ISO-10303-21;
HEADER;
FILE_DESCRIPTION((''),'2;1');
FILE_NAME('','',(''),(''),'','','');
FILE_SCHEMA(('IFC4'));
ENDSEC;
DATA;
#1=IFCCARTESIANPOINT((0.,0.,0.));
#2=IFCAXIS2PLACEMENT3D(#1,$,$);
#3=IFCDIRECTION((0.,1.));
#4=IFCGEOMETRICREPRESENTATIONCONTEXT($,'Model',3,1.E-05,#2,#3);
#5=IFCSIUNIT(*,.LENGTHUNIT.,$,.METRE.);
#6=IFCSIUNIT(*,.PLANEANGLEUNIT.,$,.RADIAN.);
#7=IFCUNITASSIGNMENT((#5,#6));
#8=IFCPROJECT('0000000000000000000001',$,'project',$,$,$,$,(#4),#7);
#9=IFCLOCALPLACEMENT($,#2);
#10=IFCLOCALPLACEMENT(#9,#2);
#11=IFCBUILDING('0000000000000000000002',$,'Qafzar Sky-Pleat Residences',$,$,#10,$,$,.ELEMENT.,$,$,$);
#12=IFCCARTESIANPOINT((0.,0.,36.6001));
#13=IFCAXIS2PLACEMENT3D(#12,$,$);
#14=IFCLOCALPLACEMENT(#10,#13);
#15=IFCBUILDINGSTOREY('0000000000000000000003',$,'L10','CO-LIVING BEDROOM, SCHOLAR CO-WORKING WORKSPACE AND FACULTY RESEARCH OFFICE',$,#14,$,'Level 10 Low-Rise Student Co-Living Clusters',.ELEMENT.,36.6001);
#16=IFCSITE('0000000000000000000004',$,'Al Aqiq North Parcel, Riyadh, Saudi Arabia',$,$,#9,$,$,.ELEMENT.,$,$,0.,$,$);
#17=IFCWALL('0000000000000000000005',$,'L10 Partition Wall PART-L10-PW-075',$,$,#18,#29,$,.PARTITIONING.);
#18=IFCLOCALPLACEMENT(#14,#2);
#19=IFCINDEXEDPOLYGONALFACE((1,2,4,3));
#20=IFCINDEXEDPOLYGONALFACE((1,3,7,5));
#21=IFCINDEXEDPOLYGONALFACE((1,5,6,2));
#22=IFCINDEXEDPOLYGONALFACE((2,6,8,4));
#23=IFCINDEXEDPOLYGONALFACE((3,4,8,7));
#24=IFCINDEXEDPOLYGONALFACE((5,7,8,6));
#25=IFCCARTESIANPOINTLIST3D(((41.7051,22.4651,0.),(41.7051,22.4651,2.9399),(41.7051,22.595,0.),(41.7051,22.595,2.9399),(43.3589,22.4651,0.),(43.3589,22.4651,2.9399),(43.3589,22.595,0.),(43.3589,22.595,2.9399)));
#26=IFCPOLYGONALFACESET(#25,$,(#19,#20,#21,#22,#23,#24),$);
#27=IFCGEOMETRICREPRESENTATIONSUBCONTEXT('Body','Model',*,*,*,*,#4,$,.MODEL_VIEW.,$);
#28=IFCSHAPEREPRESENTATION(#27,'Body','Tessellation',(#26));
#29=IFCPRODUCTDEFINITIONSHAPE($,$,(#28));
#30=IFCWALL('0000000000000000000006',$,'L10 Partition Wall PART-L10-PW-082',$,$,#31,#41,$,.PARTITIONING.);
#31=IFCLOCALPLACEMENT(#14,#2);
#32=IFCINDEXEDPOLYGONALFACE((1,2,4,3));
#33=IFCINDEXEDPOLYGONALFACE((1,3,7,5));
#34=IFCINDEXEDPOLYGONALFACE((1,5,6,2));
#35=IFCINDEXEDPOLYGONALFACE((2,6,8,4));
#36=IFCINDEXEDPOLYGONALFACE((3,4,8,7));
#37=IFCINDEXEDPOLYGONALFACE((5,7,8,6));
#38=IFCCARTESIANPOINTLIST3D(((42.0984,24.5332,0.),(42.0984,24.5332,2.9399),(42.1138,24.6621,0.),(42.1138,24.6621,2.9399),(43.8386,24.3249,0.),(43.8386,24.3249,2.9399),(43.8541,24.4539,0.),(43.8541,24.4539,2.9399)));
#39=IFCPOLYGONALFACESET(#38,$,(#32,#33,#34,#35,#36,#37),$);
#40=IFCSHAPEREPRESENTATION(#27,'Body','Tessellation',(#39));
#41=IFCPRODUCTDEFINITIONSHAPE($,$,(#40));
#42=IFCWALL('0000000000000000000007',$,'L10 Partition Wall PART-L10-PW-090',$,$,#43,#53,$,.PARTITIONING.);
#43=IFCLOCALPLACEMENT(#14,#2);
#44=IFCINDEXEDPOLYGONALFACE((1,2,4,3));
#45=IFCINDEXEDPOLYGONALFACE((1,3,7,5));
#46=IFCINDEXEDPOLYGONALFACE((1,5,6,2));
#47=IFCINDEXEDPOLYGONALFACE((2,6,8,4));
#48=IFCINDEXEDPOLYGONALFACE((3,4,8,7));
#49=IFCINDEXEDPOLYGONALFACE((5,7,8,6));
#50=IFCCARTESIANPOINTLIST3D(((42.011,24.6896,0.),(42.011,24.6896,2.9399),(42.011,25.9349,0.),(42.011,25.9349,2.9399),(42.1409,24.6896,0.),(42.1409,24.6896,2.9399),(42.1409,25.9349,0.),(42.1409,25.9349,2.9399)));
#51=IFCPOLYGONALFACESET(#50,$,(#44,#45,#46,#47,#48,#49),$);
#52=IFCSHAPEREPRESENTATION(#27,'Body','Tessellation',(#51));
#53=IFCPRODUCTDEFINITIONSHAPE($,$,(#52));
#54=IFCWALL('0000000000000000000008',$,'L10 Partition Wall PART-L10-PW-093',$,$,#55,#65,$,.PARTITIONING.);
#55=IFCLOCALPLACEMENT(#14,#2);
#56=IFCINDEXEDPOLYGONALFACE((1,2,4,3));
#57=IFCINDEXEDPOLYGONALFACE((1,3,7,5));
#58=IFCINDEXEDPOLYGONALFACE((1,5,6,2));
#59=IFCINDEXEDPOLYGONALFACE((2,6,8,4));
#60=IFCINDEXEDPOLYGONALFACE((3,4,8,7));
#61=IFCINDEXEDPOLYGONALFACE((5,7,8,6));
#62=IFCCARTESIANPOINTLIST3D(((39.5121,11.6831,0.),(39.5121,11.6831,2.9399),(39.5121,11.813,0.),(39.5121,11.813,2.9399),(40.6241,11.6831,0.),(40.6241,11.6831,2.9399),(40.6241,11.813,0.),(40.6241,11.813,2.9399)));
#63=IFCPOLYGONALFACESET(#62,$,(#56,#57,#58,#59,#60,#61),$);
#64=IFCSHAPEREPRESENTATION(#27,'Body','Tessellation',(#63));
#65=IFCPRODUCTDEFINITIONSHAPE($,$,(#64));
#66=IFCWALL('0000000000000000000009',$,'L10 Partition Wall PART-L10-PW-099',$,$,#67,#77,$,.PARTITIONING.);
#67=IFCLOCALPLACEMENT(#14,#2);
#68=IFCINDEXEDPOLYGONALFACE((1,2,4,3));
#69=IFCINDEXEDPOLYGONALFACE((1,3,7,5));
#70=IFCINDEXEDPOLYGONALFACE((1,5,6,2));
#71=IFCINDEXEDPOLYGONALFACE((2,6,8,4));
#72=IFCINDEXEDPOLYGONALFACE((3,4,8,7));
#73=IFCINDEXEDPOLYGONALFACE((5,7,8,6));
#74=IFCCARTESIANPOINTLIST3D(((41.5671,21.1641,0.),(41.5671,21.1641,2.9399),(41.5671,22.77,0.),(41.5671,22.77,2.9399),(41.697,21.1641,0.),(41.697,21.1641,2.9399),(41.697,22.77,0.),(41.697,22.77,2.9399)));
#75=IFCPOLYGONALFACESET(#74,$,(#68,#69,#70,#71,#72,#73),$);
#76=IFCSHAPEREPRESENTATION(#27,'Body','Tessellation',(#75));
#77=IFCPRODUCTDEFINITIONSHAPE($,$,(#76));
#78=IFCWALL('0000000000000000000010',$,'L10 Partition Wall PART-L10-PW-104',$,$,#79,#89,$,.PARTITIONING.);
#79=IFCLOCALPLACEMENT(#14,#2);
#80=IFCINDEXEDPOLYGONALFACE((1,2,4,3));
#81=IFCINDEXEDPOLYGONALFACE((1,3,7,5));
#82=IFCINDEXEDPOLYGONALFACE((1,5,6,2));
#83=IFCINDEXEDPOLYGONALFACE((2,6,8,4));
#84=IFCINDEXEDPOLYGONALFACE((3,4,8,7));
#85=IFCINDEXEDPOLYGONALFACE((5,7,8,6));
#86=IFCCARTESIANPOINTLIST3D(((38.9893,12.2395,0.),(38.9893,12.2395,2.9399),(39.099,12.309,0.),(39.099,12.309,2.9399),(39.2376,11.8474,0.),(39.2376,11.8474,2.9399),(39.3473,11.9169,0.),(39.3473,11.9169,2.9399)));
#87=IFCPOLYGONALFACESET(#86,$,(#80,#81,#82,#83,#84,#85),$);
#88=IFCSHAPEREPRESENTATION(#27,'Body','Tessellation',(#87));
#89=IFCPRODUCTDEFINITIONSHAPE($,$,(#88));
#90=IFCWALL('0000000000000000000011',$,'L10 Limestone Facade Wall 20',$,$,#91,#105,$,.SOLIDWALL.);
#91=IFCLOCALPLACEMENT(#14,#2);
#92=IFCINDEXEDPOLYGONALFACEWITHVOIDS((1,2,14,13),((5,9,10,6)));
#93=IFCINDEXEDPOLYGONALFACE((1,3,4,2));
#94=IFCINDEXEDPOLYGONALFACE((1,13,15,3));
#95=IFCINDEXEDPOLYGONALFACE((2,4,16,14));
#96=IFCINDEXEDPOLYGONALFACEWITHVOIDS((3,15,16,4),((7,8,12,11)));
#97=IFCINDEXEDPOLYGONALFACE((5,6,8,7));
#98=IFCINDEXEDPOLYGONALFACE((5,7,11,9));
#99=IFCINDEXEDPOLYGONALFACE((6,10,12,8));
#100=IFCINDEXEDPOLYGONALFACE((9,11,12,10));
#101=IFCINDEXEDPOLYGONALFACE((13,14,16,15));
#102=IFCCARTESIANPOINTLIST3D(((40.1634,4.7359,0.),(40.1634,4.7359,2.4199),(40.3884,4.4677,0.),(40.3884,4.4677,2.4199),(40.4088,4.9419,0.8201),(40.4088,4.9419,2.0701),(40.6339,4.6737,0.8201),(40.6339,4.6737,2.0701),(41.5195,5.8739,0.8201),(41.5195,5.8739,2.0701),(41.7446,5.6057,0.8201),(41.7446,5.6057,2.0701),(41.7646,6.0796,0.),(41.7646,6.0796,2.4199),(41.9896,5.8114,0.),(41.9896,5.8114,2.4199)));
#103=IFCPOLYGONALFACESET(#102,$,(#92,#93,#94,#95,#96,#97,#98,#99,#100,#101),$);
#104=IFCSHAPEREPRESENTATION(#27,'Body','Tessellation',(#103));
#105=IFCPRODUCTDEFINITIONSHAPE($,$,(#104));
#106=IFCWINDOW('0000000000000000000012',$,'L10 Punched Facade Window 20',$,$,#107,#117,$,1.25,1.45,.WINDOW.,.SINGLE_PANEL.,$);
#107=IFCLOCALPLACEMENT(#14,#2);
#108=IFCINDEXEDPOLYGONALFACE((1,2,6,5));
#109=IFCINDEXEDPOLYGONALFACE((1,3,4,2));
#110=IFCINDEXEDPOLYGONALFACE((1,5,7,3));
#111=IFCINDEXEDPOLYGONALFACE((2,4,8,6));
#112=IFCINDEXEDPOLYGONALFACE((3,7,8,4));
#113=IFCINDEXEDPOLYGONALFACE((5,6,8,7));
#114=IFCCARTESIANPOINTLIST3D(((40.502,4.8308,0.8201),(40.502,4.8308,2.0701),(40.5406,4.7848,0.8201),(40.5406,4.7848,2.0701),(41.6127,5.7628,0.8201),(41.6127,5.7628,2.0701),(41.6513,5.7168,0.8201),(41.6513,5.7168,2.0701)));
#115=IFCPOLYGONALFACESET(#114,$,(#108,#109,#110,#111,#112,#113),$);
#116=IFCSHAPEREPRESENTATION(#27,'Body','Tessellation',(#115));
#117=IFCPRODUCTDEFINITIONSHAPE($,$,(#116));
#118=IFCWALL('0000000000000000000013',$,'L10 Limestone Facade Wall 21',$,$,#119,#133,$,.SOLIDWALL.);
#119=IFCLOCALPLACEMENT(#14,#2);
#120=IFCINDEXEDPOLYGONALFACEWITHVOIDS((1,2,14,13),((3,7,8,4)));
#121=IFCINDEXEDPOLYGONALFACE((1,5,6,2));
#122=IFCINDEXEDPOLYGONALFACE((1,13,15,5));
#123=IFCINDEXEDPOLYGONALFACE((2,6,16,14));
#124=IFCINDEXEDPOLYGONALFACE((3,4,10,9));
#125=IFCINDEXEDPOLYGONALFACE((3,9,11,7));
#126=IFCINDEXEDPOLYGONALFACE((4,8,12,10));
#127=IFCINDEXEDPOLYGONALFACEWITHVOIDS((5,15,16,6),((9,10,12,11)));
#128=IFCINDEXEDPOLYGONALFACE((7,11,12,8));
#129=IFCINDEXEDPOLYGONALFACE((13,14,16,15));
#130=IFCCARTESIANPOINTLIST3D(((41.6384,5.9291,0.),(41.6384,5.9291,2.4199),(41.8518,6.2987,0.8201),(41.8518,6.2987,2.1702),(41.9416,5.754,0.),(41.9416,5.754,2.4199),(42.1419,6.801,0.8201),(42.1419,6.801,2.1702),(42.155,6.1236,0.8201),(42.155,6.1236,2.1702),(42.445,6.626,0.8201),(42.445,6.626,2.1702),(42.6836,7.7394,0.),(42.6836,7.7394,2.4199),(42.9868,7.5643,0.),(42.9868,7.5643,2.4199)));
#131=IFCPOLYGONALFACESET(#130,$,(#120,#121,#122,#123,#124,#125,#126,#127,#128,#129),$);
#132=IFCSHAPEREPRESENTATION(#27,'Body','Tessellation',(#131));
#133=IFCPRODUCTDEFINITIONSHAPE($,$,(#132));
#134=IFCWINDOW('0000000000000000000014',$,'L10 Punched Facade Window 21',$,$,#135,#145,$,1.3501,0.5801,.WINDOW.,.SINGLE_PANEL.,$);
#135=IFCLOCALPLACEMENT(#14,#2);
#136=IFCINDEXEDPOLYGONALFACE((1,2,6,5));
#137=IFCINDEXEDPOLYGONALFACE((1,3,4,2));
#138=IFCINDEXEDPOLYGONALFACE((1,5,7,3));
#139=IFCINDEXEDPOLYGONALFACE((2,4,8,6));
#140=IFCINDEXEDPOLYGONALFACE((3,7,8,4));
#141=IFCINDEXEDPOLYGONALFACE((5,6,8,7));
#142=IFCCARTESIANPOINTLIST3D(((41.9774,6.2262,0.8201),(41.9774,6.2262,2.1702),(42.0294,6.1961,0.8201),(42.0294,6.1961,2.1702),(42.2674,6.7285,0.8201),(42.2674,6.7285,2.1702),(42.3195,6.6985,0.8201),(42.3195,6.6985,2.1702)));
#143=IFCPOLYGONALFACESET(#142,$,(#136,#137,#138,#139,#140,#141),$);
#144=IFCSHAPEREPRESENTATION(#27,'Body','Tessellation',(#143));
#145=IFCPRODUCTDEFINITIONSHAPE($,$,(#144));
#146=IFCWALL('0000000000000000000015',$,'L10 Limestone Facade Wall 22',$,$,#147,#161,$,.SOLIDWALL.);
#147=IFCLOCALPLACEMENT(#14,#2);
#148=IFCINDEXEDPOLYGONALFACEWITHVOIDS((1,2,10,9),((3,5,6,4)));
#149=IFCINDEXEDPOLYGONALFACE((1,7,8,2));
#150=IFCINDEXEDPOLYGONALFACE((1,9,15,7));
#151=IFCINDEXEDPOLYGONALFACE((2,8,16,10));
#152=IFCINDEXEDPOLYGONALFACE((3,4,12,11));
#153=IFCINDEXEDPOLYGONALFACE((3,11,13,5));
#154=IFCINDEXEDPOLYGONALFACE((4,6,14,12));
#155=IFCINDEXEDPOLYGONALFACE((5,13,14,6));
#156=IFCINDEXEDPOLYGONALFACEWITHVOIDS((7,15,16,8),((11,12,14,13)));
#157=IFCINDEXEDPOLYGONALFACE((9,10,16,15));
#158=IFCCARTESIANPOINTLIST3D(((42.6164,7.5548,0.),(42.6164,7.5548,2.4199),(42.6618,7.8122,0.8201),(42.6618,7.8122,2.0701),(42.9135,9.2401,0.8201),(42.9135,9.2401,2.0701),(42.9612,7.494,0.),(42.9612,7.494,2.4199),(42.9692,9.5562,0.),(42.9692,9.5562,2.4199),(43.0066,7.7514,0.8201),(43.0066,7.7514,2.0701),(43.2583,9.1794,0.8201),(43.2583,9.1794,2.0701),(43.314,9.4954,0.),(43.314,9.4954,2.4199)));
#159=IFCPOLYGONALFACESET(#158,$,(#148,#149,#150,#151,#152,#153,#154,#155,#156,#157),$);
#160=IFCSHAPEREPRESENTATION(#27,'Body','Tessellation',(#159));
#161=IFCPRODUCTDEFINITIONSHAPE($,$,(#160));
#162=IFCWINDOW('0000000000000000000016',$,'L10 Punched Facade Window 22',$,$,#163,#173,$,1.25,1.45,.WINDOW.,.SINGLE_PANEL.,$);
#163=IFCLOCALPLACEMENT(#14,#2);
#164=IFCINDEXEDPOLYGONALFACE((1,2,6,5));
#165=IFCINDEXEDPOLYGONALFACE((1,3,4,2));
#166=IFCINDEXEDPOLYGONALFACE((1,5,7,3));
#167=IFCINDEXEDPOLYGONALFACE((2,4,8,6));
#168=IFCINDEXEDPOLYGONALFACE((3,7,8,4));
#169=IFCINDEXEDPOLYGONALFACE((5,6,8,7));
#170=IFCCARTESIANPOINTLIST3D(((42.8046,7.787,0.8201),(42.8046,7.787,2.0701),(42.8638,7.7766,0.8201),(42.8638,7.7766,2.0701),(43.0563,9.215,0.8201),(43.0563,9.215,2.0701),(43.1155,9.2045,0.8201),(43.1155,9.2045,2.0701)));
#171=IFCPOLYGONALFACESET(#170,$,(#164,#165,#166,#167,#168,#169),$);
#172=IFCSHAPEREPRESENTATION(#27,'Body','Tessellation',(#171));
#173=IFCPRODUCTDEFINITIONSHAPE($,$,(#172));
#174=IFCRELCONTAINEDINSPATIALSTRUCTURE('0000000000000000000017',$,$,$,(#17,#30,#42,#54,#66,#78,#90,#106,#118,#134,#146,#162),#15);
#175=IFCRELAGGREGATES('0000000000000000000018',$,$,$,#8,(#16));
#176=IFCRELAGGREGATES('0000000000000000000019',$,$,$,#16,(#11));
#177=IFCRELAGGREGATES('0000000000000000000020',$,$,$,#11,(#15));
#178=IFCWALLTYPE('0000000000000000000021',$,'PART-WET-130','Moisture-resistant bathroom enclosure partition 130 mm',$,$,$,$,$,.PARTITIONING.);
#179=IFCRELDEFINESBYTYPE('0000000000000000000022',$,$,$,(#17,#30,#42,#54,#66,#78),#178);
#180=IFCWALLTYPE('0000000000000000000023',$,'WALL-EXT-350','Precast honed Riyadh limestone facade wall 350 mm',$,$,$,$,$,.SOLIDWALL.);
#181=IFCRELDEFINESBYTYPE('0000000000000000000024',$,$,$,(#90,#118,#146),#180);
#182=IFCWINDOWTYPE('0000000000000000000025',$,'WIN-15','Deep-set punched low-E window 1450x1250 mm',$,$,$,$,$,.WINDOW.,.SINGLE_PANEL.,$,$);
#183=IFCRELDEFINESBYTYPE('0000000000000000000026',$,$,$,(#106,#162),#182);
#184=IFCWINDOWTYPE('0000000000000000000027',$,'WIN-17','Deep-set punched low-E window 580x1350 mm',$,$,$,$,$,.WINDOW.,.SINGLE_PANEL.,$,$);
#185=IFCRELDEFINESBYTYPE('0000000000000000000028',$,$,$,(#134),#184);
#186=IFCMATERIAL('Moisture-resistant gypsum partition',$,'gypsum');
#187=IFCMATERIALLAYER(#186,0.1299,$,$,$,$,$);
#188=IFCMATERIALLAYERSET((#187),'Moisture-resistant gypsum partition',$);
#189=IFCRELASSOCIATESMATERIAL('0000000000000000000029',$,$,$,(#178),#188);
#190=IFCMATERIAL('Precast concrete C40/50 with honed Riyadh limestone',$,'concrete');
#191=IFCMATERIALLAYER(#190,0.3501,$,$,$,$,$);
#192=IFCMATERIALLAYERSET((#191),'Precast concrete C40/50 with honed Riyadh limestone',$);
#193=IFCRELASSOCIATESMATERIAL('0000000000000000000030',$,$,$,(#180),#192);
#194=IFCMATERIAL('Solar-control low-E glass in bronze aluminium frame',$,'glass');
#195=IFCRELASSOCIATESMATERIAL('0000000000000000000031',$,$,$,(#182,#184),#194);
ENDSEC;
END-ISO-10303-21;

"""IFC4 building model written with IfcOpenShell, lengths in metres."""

from ifc_helpers import new_model, si_unit, direction, frame, frame_2d, origin, place, context, subcontext, project, spatial, rectangle, extrude, source, transform, mapped, material, layer, layer_set, type_object, element, fill, save


model = new_model("IFC4")

# Units and contexts
model_context = context("Model", 3, precision=1e-05, world=origin(), true_north=direction((0.0, 1.0)))
body_context = subcontext(model_context, "Body", "Model", "MODEL_VIEW")
ifc_project = project(units=[si_unit("LENGTHUNIT", "METRE"), si_unit("PLANEANGLEUNIT", "RADIAN")], contexts=[model_context])

# Site, building, storey
site_placement = place(None, origin())
site = spatial("IfcSite", under=ifc_project, at=site_placement, Name="Al Aqiq North Parcel, Riyadh, Saudi Arabia", CompositionType="ELEMENT", RefElevation=0.0)
building_placement = place(site_placement, origin())
building = spatial("IfcBuilding", under=site, at=building_placement, Name="Qafzar Sky-Pleat Residences", CompositionType="ELEMENT")
storey_placement = place(building_placement, frame((0.0, 0.0, 36.6001)))
storey = spatial("IfcBuildingStorey", under=building, at=storey_placement, Name="L10", Description="CO-LIVING BEDROOM, SCHOLAR CO-WORKING WORKSPACE AND FACULTY RESEARCH OFFICE", LongName="Level 10 Low-Rise Student Co-Living Clusters", CompositionType="ELEMENT", Elevation=36.6001)

# Shared definitions
ifc_material_1 = material(Name="Moisture-resistant gypsum partition", Category="gypsum")
ifc_layer_1 = layer(ifc_material_1, 0.1299)
ifc_layer_set_1 = layer_set([ifc_layer_1], Name="Moisture-resistant gypsum partition")
wall_type_1 = type_object("IfcWallType", Name="PART-WET-130", Description="Moisture-resistant bathroom enclosure partition 130 mm", PredefinedType="PARTITIONING", material=ifc_layer_set_1)

# Walls
wall_1_placement = place(storey_placement, frame((41.7051, 22.53, 0.0), z_axis=(0.0, 0.0, 1.0), x_axis=(1.0, 0.0, 0.0)))
element("IfcWall", 1, at=wall_1_placement, inside=storey, type_object=wall_type_1, Name="L10 Partition Wall PART-L10-PW-075", PredefinedType="PARTITIONING", context=body_context, shape_type="SweptSolid", body=[
    extrude(rectangle(XDim=1.6538, YDim=0.1299, at=frame_2d((0.8269, 0.0))), origin(), (0.0, 0.0, 1.0), 2.9399),
])
wall_2_placement = place(storey_placement, frame((42.106, 24.5977, 0.0), z_axis=(0.0, 0.0, 1.0), x_axis=(0.992916, -0.118821, 0.0)))
element("IfcWall", 2, at=wall_2_placement, inside=storey, type_object=wall_type_1, Name="L10 Partition Wall PART-L10-PW-082", PredefinedType="PARTITIONING", context=body_context, shape_type="SweptSolid", body=[
    extrude(rectangle(XDim=1.7527, YDim=0.1299, at=frame_2d((0.8765, 0.0))), origin(), (0.0, 0.0, 1.0), 2.9399),
])
wall_3_placement = place(storey_placement, frame((42.0759, 24.6897, 0.0), z_axis=(0.0, 0.0, 1.0), x_axis=(0.0, 1.0, 0.0)))
element("IfcWall", 3, at=wall_3_placement, inside=storey, type_object=wall_type_1, Name="L10 Partition Wall PART-L10-PW-090", PredefinedType="PARTITIONING", context=body_context, shape_type="SweptSolid", body=[
    extrude(rectangle(XDim=1.2454, YDim=0.1299, at=frame_2d((0.6226, 0.0))), origin(), (0.0, 0.0, 1.0), 2.9399),
])
wall_4_placement = place(storey_placement, frame((39.512, 11.748, 0.0), z_axis=(0.0, 0.0, 1.0), x_axis=(1.0, 0.0, 0.0)))
element("IfcWall", 4, at=wall_4_placement, inside=storey, type_object=wall_type_1, Name="L10 Partition Wall PART-L10-PW-093", PredefinedType="PARTITIONING", context=body_context, shape_type="SweptSolid", body=[
    extrude(rectangle(XDim=1.1121, YDim=0.1299, at=frame_2d((0.5562, 0.0))), origin(), (0.0, 0.0, 1.0), 2.9399),
])
wall_5_placement = place(storey_placement, frame((41.6321, 21.1641, 0.0), z_axis=(0.0, 0.0, 1.0), x_axis=(0.0, 1.0, 0.0)))
element("IfcWall", 5, at=wall_5_placement, inside=storey, type_object=wall_type_1, Name="L10 Partition Wall PART-L10-PW-099", PredefinedType="PARTITIONING", context=body_context, shape_type="SweptSolid", body=[
    extrude(rectangle(XDim=1.606, YDim=0.1299, at=frame_2d((0.803, 0.0))), origin(), (0.0, 0.0, 1.0), 2.9399),
])
wall_6_placement = place(storey_placement, frame((39.0442, 12.2742, 0.0), z_axis=(0.0, 0.0, 1.0), x_axis=(0.535002, -0.844851, 0.0)))
element("IfcWall", 6, at=wall_6_placement, inside=storey, type_object=wall_type_1, Name="L10 Partition Wall PART-L10-PW-104", PredefinedType="PARTITIONING", context=body_context, shape_type="SweptSolid", body=[
    extrude(rectangle(XDim=0.4641, YDim=0.1299, at=frame_2d((0.2319, 0.0))), origin(), (0.0, 0.0, 1.0), 2.9399),
])

# Walls, openings, windows
ifc_material_2 = material(Name="Precast concrete C40/50 with honed Riyadh limestone", Category="concrete")
ifc_layer_2 = layer(ifc_material_2, 0.3501)
ifc_layer_set_2 = layer_set([ifc_layer_2], Name="Precast concrete C40/50 with honed Riyadh limestone")
wall_type_2 = type_object("IfcWallType", Name="WALL-EXT-350", Description="Precast honed Riyadh limestone facade wall 350 mm", PredefinedType="SOLIDWALL", material=ifc_layer_set_2)
wall_7_placement = place(storey_placement, frame((40.2759, 4.6018, 0.0), z_axis=(0.0, 0.0, 1.0), x_axis=(0.766025, 0.642811, 0.0)))
wall_7 = element("IfcWall", 7, at=wall_7_placement, inside=storey, type_object=wall_type_2, Name="L10 Limestone Facade Wall 20", PredefinedType="SOLIDWALL", context=body_context, shape_type="SweptSolid", body=[
    extrude(rectangle(XDim=2.0903, YDim=0.3501, at=frame_2d((1.0452, 0.0))), origin(), (0.0, 0.0, 1.0), 2.4199),
])
opening_1_placement = place(wall_7_placement, frame((0.3203, 0.0, 0.8201)))
opening_1 = element("IfcOpeningElement", 8, at=opening_1_placement, cuts=wall_7, PredefinedType="OPENING", context=body_context, shape_type="SweptSolid", body=[
    extrude(rectangle(XDim=1.45, YDim=1.25, at=frame_2d((0.7251, 0.625))), frame((0.0, 0.1851, 0.0), z_axis=(0.0, -1.0, 0.0), x_axis=(1.0, 0.0, 0.0)), (0.0, 0.0, 1.0), 0.3701),
])
ifc_material_3 = material(Name="Solar-control low-E glass in bronze aluminium frame", Category="glass")
window_type_1 = type_object("IfcWindowType", Name="WIN-15", Description="Deep-set punched low-E window 1450x1250 mm", PartitioningType="SINGLE_PANEL", PredefinedType="WINDOW", material=ifc_material_3)
shared_shape_1 = source(origin(), body_context, "Body", "SweptSolid", [
    extrude(rectangle(XDim=1.45, YDim=1.25, at=frame_2d((0.7251, 0.625))), frame((0.0, 0.03, 0.0), z_axis=(0.0, -1.0, 0.0), x_axis=(1.0, 0.0, 0.0)), (0.0, 0.0, 1.0), 0.0601),
])
window_1_placement = place(opening_1_placement, origin())
window_1 = element("IfcWindow", 9, at=window_1_placement, inside=storey, type_object=window_type_1, Name="L10 Punched Facade Window 20", OverallHeight=1.25, OverallWidth=1.45, PartitioningType="SINGLE_PANEL", PredefinedType="WINDOW", context=body_context, shape_type="MappedRepresentation", body=[
    mapped(shared_shape_1, transform((0.0, 0.0, 0.0), x_axis=(1.0, 0.0, 0.0), y_axis=(0.0, 1.0, 0.0), z_axis=(0.0, 0.0, 1.0), scale=1.0)),
])
fill(opening_1, window_1)
wall_8_placement = place(storey_placement, frame((41.79, 5.8416, 0.0), z_axis=(0.0, 0.0, 1.0), x_axis=(0.499995, 0.866028, 0.0)))
wall_8 = element("IfcWall", 10, at=wall_8_placement, inside=storey, type_object=wall_type_2, Name="L10 Limestone Facade Wall 21", PredefinedType="SOLIDWALL", context=body_context, shape_type="SweptSolid", body=[
    extrude(rectangle(XDim=2.0903, YDim=0.3501, at=frame_2d((1.0452, 0.0))), origin(), (0.0, 0.0, 1.0), 2.4199),
])
opening_2_placement = place(wall_8_placement, frame((0.4268, 0.0, 0.8201)))
opening_2 = element("IfcOpeningElement", 11, at=opening_2_placement, cuts=wall_8, PredefinedType="OPENING", context=body_context, shape_type="SweptSolid", body=[
    extrude(rectangle(XDim=0.5801, YDim=1.3501, at=frame_2d((0.29, 0.675))), frame((0.0, 0.1851, 0.0), z_axis=(0.0, -1.0, 0.0), x_axis=(1.0, 0.0, 0.0)), (0.0, 0.0, 1.0), 0.3701),
])
window_type_2 = type_object("IfcWindowType", Name="WIN-17", Description="Deep-set punched low-E window 580x1350 mm", PartitioningType="SINGLE_PANEL", PredefinedType="WINDOW", material=ifc_material_3)
shared_shape_2 = source(origin(), body_context, "Body", "SweptSolid", [
    extrude(rectangle(XDim=0.5801, YDim=1.3501, at=frame_2d((0.29, 0.675))), frame((0.0, 0.03, 0.0), z_axis=(0.0, -1.0, 0.0), x_axis=(1.0, 0.0, 0.0)), (0.0, 0.0, 1.0), 0.0601),
])
window_2_placement = place(opening_2_placement, origin())
window_2 = element("IfcWindow", 12, at=window_2_placement, inside=storey, type_object=window_type_2, Name="L10 Punched Facade Window 21", OverallHeight=1.3501, OverallWidth=0.5801, PartitioningType="SINGLE_PANEL", PredefinedType="WINDOW", context=body_context, shape_type="MappedRepresentation", body=[
    mapped(shared_shape_2, transform((0.0, 0.0, 0.0), x_axis=(1.0, 0.0, 0.0), y_axis=(0.0, 1.0, 0.0), z_axis=(0.0, 0.0, 1.0), scale=1.0)),
])
fill(opening_2, window_2)
wall_9_placement = place(storey_placement, frame((42.7888, 7.5244, 0.0), z_axis=(0.0, 0.0, 1.0), x_axis=(0.173587, 0.984819, 0.0)))
wall_9 = element("IfcWall", 13, at=wall_9_placement, inside=storey, type_object=wall_type_2, Name="L10 Limestone Facade Wall 22", PredefinedType="SOLIDWALL", context=body_context, shape_type="SweptSolid", body=[
    extrude(rectangle(XDim=2.0322, YDim=0.3501, at=frame_2d((1.0161, 0.0))), origin(), (0.0, 0.0, 1.0), 2.4199),
])
opening_3_placement = place(wall_9_placement, frame((0.2612, 0.0, 0.8201)))
opening_3 = element("IfcOpeningElement", 14, at=opening_3_placement, cuts=wall_9, PredefinedType="OPENING", context=body_context, shape_type="SweptSolid", body=[
    extrude(rectangle(XDim=1.45, YDim=1.25, at=frame_2d((0.7251, 0.625))), frame((0.0, 0.1851, 0.0), z_axis=(0.0, -1.0, 0.0), x_axis=(1.0, 0.0, 0.0)), (0.0, 0.0, 1.0), 0.3701),
])
window_3_placement = place(opening_3_placement, origin())
window_3 = element("IfcWindow", 15, at=window_3_placement, inside=storey, type_object=window_type_1, Name="L10 Punched Facade Window 22", OverallHeight=1.25, OverallWidth=1.45, PartitioningType="SINGLE_PANEL", PredefinedType="WINDOW", context=body_context, shape_type="MappedRepresentation", body=[
    mapped(shared_shape_1, transform((0.0, 0.0, 0.0), x_axis=(1.0, 0.0, 0.0), y_axis=(0.0, 1.0, 0.0), z_axis=(0.0, 0.0, 1.0), scale=1.0)),
])
fill(opening_3, window_3)

save(model, "model.ifc")
